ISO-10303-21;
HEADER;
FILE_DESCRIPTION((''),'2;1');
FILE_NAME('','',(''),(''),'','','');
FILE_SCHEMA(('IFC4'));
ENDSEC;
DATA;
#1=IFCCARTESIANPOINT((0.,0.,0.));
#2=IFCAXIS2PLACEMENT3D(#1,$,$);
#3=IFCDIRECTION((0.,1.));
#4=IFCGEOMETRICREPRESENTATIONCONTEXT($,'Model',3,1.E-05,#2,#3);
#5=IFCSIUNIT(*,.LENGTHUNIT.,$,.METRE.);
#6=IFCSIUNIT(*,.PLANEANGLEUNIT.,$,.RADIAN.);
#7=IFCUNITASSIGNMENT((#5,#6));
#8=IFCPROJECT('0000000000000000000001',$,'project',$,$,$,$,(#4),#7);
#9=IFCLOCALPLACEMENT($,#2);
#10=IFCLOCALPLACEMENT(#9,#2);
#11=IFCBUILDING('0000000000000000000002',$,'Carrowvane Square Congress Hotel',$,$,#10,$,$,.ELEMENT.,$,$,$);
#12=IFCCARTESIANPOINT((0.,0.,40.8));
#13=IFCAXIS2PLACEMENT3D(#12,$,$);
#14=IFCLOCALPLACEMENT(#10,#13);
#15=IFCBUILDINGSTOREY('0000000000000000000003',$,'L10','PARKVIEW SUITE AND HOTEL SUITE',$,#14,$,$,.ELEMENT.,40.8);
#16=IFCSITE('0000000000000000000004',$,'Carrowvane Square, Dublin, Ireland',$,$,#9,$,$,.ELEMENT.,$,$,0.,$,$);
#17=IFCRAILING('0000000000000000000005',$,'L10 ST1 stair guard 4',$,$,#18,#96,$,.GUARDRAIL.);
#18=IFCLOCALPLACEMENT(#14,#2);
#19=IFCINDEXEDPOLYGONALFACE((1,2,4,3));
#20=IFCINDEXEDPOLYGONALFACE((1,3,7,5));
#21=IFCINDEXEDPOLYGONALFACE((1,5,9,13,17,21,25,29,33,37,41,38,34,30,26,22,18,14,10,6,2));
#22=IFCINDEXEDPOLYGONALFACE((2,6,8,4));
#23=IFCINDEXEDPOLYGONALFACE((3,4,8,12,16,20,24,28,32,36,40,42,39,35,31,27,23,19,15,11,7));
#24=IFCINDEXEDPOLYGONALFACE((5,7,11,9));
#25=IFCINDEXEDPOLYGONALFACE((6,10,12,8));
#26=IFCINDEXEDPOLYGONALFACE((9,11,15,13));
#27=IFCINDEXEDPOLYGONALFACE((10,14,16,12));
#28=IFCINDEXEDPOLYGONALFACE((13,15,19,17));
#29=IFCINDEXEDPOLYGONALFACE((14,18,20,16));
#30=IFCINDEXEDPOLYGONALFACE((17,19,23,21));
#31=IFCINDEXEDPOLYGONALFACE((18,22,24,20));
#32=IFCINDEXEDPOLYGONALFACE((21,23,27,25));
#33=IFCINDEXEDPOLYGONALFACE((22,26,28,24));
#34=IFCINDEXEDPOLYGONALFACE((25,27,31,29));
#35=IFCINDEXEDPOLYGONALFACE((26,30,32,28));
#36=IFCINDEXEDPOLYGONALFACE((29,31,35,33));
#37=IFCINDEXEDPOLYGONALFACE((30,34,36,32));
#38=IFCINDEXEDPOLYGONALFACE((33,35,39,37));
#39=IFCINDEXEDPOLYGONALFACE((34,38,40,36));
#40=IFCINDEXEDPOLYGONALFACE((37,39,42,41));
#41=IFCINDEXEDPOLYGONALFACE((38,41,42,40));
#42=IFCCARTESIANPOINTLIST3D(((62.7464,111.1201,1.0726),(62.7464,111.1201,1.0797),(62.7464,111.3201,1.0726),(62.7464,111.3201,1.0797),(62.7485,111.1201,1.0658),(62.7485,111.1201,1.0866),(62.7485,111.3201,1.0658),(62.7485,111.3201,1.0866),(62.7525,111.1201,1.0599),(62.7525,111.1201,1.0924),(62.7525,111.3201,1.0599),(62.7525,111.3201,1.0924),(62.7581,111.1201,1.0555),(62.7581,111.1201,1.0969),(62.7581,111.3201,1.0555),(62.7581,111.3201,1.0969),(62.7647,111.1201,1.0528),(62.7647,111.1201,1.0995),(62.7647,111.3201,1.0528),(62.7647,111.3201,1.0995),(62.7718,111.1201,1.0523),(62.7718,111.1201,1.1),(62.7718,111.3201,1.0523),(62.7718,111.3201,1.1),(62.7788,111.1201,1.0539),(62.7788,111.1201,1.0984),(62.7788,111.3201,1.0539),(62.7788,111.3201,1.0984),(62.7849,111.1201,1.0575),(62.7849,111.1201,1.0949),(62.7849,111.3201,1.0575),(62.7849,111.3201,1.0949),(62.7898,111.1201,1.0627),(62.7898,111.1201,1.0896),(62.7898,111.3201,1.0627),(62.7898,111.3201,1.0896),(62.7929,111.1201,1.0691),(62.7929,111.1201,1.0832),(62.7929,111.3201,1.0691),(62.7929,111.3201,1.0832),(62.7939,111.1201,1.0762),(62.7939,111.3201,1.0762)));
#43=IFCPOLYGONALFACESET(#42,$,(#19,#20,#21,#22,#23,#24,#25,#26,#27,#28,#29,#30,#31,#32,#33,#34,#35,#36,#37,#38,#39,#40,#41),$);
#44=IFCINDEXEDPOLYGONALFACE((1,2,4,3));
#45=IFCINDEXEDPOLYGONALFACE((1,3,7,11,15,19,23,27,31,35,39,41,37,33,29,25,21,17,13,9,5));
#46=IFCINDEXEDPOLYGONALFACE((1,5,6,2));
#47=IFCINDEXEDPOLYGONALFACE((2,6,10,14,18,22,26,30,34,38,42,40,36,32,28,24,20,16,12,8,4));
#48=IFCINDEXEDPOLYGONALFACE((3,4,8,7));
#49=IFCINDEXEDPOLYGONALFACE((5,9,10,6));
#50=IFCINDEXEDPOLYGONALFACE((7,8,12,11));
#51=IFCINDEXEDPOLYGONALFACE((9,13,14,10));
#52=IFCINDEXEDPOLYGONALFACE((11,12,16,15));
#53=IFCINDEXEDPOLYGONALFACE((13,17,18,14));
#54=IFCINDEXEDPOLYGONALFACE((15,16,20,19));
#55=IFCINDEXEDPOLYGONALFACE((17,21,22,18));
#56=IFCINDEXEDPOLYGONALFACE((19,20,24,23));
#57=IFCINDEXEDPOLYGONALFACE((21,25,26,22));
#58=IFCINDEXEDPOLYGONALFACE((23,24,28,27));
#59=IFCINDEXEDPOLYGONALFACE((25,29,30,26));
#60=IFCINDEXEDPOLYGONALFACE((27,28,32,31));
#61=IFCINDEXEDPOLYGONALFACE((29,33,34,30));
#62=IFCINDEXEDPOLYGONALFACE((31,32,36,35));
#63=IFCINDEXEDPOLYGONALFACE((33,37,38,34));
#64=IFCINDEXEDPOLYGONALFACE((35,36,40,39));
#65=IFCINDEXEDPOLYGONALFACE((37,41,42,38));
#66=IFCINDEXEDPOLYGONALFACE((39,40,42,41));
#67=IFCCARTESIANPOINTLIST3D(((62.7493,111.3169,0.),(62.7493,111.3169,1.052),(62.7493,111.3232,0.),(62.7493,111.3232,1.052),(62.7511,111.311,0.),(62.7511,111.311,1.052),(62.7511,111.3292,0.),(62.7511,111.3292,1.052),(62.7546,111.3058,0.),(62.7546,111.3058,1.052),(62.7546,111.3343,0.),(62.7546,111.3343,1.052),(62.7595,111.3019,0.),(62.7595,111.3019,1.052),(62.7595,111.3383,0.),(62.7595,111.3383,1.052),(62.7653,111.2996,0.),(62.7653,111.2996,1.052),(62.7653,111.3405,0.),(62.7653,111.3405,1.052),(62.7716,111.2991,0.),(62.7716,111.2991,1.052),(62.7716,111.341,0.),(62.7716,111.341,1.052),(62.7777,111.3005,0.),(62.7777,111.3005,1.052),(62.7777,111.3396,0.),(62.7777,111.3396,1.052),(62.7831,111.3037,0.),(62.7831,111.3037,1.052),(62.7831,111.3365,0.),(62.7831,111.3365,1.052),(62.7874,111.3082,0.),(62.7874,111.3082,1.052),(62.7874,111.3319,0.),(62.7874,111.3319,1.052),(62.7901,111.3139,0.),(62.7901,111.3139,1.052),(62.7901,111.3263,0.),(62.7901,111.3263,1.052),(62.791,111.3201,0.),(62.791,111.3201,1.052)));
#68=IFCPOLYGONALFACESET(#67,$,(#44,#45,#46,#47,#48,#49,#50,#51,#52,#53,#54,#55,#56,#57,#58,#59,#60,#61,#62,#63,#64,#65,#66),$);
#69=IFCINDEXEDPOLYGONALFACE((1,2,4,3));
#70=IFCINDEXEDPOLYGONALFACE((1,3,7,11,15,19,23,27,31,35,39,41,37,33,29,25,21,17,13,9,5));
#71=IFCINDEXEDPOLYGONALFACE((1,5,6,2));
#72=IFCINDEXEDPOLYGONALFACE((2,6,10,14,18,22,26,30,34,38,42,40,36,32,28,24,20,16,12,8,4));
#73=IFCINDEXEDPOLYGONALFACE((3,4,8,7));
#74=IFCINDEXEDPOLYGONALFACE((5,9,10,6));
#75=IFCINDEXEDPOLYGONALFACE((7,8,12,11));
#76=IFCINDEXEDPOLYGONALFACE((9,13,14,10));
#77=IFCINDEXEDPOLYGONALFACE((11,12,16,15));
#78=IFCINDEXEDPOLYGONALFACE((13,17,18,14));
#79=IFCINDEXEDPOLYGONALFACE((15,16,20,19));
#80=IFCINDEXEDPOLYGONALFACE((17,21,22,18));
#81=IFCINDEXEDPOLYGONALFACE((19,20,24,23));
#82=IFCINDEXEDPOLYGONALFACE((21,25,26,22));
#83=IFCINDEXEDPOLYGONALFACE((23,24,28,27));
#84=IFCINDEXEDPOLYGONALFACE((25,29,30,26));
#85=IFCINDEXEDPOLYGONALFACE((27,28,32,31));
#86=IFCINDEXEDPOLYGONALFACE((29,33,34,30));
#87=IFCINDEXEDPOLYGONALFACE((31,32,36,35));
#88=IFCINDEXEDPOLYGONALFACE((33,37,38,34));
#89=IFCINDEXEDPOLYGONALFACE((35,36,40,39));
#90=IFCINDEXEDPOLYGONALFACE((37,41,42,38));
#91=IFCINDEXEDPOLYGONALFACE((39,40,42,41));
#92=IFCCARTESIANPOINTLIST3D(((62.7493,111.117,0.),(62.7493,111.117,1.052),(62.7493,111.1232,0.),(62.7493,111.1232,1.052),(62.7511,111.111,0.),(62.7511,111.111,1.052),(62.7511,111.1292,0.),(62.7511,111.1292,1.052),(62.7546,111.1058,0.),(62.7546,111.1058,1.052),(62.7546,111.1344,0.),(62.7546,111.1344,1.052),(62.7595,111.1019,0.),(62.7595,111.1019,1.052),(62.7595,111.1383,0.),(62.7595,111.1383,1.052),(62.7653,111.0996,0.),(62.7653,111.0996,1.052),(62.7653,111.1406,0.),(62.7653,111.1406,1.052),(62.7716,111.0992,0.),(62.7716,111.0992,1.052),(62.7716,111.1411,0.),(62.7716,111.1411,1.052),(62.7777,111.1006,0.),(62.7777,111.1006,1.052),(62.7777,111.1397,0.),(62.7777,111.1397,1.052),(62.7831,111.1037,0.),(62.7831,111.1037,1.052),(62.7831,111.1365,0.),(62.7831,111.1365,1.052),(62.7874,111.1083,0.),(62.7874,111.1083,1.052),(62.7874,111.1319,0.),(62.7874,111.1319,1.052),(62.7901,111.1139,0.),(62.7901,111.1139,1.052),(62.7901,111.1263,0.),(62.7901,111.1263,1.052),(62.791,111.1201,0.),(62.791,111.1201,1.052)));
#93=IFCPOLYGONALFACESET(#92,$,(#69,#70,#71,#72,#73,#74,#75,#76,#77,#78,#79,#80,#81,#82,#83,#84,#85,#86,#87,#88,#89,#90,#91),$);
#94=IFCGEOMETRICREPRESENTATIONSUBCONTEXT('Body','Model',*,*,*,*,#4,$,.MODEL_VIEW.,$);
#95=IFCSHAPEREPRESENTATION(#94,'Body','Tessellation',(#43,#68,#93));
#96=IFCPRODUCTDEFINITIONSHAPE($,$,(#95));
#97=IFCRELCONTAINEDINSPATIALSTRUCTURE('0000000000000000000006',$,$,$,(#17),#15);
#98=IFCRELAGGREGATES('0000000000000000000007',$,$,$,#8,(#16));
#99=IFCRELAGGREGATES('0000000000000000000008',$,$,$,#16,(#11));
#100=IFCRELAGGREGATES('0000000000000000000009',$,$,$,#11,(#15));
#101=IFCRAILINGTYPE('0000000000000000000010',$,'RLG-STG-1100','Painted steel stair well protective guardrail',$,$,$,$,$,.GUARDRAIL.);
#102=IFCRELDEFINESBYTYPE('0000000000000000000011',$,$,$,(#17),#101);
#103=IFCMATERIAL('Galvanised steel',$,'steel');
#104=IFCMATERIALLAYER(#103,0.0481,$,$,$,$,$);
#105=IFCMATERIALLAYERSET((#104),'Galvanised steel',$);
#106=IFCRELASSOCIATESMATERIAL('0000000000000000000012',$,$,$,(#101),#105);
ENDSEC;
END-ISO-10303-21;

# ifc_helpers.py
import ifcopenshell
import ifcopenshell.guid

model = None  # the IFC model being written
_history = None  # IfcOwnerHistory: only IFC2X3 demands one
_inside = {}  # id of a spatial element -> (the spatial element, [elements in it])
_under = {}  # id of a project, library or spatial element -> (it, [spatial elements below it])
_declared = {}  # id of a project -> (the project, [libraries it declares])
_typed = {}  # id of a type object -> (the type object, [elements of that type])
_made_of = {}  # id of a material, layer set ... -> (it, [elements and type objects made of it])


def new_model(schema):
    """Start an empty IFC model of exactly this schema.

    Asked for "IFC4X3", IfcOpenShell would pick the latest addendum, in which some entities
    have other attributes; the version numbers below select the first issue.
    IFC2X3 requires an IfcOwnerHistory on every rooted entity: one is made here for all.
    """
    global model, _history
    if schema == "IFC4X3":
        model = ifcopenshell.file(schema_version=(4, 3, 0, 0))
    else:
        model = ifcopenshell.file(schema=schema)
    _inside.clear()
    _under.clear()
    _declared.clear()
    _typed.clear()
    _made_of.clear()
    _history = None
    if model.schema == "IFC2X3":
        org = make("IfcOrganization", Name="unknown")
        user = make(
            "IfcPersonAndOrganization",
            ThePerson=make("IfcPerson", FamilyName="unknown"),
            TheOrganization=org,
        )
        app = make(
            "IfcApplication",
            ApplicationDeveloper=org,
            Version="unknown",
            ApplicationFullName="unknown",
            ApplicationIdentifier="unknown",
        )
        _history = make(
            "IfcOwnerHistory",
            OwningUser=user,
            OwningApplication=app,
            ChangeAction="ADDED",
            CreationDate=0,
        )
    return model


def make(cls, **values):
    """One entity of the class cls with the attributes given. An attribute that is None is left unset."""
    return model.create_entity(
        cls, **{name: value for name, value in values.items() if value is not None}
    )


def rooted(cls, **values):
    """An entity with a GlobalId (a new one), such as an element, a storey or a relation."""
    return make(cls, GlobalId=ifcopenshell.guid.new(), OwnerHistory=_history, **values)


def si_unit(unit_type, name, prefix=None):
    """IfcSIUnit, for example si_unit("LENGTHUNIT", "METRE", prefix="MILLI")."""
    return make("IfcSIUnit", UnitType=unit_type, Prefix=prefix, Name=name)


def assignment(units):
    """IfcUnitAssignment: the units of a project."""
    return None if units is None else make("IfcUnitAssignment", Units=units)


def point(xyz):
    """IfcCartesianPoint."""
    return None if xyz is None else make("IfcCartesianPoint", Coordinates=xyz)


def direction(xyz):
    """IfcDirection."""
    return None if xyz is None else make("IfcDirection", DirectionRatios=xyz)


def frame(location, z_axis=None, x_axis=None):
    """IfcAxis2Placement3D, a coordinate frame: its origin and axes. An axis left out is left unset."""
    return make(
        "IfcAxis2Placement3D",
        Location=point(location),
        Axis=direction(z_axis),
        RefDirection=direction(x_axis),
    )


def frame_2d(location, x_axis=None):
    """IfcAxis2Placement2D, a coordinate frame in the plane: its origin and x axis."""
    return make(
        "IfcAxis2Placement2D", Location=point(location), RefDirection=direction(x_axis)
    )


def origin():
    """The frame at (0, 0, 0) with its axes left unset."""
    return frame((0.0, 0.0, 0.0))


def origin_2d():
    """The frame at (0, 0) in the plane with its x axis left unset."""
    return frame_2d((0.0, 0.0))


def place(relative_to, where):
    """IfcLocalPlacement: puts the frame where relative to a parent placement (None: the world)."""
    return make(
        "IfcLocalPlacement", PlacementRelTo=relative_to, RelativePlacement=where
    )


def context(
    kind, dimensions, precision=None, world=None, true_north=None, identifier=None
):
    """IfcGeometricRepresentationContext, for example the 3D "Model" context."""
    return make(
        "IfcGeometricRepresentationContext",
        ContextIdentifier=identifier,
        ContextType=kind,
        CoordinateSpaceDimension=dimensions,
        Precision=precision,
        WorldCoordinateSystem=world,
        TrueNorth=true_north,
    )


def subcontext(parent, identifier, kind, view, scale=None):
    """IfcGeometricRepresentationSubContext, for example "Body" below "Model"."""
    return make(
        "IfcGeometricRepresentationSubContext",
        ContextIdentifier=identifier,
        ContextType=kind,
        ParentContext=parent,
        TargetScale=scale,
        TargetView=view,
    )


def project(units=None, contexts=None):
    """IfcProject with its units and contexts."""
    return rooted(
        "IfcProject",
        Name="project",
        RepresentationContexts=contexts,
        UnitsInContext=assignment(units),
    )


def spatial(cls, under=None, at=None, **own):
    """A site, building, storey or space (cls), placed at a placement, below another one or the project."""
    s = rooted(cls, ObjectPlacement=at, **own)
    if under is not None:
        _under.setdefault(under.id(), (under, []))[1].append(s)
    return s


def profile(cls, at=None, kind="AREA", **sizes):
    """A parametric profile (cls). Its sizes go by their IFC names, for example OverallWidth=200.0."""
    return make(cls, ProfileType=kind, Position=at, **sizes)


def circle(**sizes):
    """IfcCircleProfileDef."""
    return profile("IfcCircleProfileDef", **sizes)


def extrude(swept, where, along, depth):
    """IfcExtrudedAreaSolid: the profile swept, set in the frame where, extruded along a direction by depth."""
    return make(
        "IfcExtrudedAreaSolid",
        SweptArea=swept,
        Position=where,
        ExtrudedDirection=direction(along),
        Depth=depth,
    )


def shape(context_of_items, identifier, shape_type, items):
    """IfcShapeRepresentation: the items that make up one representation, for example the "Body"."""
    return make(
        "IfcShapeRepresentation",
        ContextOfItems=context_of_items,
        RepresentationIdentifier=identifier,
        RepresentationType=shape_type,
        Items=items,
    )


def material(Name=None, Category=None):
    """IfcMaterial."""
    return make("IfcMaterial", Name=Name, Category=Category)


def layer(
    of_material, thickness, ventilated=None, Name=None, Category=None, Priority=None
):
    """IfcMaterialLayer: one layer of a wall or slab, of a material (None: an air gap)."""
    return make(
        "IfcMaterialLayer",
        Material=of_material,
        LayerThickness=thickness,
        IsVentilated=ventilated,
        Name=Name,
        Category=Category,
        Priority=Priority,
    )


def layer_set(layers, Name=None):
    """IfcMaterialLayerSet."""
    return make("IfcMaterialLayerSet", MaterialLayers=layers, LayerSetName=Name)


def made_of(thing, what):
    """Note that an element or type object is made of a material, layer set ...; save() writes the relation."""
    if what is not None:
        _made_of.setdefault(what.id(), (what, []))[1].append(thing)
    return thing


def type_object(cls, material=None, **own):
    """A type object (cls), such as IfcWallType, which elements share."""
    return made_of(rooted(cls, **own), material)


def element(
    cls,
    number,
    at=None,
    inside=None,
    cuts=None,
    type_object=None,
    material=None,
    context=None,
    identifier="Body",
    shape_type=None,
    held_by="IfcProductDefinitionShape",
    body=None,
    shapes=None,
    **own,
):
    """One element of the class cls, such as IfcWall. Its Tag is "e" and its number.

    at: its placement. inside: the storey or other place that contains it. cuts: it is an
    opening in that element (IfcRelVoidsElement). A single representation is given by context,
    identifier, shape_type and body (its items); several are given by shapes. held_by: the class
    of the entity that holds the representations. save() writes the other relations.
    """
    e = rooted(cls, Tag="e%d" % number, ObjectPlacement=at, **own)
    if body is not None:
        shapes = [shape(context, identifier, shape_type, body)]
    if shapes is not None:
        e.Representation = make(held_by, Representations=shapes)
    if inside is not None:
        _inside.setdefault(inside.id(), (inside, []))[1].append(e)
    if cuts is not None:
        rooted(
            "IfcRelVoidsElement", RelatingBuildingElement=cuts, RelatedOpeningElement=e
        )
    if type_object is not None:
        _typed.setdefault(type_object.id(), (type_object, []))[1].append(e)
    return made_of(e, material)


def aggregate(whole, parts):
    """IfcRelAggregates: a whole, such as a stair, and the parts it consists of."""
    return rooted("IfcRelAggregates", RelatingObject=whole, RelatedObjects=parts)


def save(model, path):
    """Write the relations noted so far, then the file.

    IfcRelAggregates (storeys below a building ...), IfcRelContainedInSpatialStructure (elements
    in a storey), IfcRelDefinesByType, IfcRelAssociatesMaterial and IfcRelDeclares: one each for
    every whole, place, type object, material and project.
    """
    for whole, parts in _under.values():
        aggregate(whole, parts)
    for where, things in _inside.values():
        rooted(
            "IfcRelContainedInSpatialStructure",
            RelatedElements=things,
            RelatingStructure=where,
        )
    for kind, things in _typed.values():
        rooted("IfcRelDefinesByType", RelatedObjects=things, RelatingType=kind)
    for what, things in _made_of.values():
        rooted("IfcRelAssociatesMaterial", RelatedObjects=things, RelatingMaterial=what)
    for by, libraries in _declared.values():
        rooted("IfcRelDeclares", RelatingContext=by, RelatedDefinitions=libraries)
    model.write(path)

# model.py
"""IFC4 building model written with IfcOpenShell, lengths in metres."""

from ifc_helpers import new_model, si_unit, direction, frame, origin, origin_2d, place, context, subcontext, project, spatial, circle, extrude, material, layer, layer_set, type_object, element, save


model = new_model("IFC4")

# Units and contexts
model_context = context("Model", 3, precision=1e-05, world=origin(), true_north=direction((0.0, 1.0)))
body_context = subcontext(model_context, "Body", "Model", "MODEL_VIEW")
ifc_project = project(units=[si_unit("LENGTHUNIT", "METRE"), si_unit("PLANEANGLEUNIT", "RADIAN")], contexts=[model_context])

# Site, building, storey
site_placement = place(None, origin())
site = spatial("IfcSite", under=ifc_project, at=site_placement, Name="Carrowvane Square, Dublin, Ireland", CompositionType="ELEMENT", RefElevation=0.0)
building_placement = place(site_placement, origin())
building = spatial("IfcBuilding", under=site, at=building_placement, Name="Carrowvane Square Congress Hotel", CompositionType="ELEMENT")
storey_placement = place(building_placement, frame((0.0, 0.0, 40.8)))
storey = spatial("IfcBuildingStorey", under=building, at=storey_placement, Name="L10", Description="PARKVIEW SUITE AND HOTEL SUITE", CompositionType="ELEMENT", Elevation=40.8)

# Railing
ifc_material_1 = material(Name="Galvanised steel", Category="steel")
ifc_layer_1 = layer(ifc_material_1, 0.0481)
ifc_layer_set_1 = layer_set([ifc_layer_1], Name="Galvanised steel")
railing_type_1 = type_object("IfcRailingType", Name="RLG-STG-1100", Description="Painted steel stair well protective guardrail", PredefinedType="GUARDRAIL", material=ifc_layer_set_1)
railing_1_placement = place(storey_placement, frame((62.77, 111.3201, 0.0)))
element("IfcRailing", 1, at=railing_1_placement, inside=storey, type_object=railing_type_1, Name="L10 ST1 stair guard 4", PredefinedType="GUARDRAIL", context=body_context, shape_type="SweptSolid", body=[
    extrude(circle(Radius=0.0239, at=origin_2d()), frame((0.0, 0.0, 1.0762), z_axis=(0.0, -1.0, 0.0), x_axis=(1.0, 0.0, 0.0)), (0.0, 0.0, 1.0), 0.2),
    extrude(circle(Radius=0.021, at=origin_2d()), origin(), (0.0, 0.0, 1.0), 1.052),
    extrude(circle(Radius=0.021, at=origin_2d()), frame((0.0, -0.2, 0.0)), (0.0, 0.0, 1.0), 1.052),
])

save(model, "model.ifc")
